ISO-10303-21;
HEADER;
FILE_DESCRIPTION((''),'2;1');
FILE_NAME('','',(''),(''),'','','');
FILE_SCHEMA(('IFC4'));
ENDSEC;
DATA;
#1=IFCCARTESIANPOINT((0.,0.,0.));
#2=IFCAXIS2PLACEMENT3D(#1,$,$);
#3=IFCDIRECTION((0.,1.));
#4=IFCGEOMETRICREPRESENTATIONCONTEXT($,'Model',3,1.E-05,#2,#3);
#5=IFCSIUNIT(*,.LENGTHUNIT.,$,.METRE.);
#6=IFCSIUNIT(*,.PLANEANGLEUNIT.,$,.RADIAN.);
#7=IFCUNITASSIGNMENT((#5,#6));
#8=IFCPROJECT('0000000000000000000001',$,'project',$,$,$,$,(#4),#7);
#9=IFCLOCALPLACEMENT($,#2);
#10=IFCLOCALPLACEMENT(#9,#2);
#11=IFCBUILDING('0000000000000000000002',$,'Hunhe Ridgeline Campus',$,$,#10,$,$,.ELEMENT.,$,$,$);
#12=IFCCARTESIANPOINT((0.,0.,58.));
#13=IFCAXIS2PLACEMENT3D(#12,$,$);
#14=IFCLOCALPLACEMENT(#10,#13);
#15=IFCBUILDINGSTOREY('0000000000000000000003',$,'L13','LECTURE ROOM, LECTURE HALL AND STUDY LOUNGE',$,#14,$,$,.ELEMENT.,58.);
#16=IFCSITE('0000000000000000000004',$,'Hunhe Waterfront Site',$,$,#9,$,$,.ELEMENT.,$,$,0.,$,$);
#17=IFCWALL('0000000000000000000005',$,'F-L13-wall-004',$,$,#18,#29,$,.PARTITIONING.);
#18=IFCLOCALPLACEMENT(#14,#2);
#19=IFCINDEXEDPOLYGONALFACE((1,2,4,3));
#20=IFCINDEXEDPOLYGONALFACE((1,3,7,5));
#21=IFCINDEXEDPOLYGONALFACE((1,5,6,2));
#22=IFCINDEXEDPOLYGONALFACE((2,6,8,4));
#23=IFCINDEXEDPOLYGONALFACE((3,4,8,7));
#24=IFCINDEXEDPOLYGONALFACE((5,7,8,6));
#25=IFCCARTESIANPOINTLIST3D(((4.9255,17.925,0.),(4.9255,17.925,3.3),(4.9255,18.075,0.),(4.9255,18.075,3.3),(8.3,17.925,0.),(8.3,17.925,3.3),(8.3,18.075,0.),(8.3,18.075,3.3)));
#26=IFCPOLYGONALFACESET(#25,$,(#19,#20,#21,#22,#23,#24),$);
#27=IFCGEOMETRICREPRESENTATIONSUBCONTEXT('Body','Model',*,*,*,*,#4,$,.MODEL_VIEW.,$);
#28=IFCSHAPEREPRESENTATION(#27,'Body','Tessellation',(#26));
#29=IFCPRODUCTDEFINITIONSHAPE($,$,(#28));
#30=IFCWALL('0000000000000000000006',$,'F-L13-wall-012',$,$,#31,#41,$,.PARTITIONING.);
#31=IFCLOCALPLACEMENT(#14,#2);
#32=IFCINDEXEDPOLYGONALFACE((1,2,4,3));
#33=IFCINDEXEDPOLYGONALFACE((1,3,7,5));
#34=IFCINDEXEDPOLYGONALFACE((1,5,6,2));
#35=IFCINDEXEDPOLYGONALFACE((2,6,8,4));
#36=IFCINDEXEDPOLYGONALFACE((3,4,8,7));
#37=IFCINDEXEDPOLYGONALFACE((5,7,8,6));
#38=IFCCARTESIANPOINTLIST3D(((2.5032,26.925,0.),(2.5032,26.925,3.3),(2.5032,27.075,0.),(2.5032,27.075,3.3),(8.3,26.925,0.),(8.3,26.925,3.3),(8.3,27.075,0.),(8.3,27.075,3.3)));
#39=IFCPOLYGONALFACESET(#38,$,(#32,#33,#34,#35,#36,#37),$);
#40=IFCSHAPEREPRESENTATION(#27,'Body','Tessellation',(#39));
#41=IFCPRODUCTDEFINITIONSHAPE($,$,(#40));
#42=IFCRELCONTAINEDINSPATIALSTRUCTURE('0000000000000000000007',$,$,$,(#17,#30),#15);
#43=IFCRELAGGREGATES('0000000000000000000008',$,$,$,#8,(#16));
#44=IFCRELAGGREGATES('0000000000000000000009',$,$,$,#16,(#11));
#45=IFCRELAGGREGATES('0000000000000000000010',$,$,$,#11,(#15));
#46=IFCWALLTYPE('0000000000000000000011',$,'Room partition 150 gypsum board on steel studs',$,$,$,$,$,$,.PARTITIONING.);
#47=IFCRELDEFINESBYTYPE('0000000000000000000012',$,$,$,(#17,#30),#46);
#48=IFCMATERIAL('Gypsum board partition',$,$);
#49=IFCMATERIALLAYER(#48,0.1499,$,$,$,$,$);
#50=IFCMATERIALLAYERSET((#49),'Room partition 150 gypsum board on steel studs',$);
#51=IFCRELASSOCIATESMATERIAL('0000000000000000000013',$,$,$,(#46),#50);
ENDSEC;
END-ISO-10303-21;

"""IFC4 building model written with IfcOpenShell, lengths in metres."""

from ifc_helpers import new_model, si_unit, direction, frame, frame_2d, origin, place, context, subcontext, project, spatial, rectangle, extrude, material, layer, layer_set, type_object, element, save


model = new_model("IFC4")

# Units and contexts
model_context = context("Model", 3, precision=1e-05, world=origin(), true_north=direction((0.0, 1.0)))
body_context = subcontext(model_context, "Body", "Model", "MODEL_VIEW")
ifc_project = project(units=[si_unit("LENGTHUNIT", "METRE"), si_unit("PLANEANGLEUNIT", "RADIAN")], contexts=[model_context])

# Site, building, storey
site_placement = place(None, origin())
site = spatial("IfcSite", under=ifc_project, at=site_placement, Name="Hunhe Waterfront Site", CompositionType="ELEMENT", RefElevation=0.0)
building_placement = place(site_placement, origin())
building = spatial("IfcBuilding", under=site, at=building_placement, Name="Hunhe Ridgeline Campus", CompositionType="ELEMENT")
storey_placement = place(building_placement, frame((0.0, 0.0, 58.0)))
storey = spatial("IfcBuildingStorey", under=building, at=storey_placement, Name="L13", Description="LECTURE ROOM, LECTURE HALL AND STUDY LOUNGE", CompositionType="ELEMENT", Elevation=58.0)

# Walls
ifc_material_1 = material(Name="Gypsum board partition")
ifc_layer_1 = layer(ifc_material_1, 0.1499)
ifc_layer_set_1 = layer_set([ifc_layer_1], Name="Room partition 150 gypsum board on steel studs")
wall_type_1 = type_object("IfcWallType", Name="Room partition 150 gypsum board on steel studs", PredefinedType="PARTITIONING", material=ifc_layer_set_1)
wall_1_placement = place(storey_placement, frame((4.9255, 18.0, 0.0), z_axis=(0.0, 0.0, 1.0), x_axis=(1.0, 0.0, 0.0)))
element("IfcWall", 1, at=wall_1_placement, inside=storey, type_object=wall_type_1, Name="F-L13-wall-004", PredefinedType="PARTITIONING", context=body_context, shape_type="SweptSolid", body=[
    extrude(rectangle(XDim=3.3745, YDim=0.1499, at=frame_2d((1.6873, 0.0))), origin(), (0.0, 0.0, 1.0), 3.3),
])
wall_2_placement = place(storey_placement, frame((2.5032, 27.0, 0.0), z_axis=(0.0, 0.0, 1.0), x_axis=(1.0, 0.0, 0.0)))
element("IfcWall", 2, at=wall_2_placement, inside=storey, type_object=wall_type_1, Name="F-L13-wall-012", PredefinedType="PARTITIONING", context=body_context, shape_type="SweptSolid", body=[
    extrude(rectangle(XDim=5.7969, YDim=0.1499, at=frame_2d((2.8984, 0.0))), origin(), (0.0, 0.0, 1.0), 3.3),
])

save(model, "model.ifc")
